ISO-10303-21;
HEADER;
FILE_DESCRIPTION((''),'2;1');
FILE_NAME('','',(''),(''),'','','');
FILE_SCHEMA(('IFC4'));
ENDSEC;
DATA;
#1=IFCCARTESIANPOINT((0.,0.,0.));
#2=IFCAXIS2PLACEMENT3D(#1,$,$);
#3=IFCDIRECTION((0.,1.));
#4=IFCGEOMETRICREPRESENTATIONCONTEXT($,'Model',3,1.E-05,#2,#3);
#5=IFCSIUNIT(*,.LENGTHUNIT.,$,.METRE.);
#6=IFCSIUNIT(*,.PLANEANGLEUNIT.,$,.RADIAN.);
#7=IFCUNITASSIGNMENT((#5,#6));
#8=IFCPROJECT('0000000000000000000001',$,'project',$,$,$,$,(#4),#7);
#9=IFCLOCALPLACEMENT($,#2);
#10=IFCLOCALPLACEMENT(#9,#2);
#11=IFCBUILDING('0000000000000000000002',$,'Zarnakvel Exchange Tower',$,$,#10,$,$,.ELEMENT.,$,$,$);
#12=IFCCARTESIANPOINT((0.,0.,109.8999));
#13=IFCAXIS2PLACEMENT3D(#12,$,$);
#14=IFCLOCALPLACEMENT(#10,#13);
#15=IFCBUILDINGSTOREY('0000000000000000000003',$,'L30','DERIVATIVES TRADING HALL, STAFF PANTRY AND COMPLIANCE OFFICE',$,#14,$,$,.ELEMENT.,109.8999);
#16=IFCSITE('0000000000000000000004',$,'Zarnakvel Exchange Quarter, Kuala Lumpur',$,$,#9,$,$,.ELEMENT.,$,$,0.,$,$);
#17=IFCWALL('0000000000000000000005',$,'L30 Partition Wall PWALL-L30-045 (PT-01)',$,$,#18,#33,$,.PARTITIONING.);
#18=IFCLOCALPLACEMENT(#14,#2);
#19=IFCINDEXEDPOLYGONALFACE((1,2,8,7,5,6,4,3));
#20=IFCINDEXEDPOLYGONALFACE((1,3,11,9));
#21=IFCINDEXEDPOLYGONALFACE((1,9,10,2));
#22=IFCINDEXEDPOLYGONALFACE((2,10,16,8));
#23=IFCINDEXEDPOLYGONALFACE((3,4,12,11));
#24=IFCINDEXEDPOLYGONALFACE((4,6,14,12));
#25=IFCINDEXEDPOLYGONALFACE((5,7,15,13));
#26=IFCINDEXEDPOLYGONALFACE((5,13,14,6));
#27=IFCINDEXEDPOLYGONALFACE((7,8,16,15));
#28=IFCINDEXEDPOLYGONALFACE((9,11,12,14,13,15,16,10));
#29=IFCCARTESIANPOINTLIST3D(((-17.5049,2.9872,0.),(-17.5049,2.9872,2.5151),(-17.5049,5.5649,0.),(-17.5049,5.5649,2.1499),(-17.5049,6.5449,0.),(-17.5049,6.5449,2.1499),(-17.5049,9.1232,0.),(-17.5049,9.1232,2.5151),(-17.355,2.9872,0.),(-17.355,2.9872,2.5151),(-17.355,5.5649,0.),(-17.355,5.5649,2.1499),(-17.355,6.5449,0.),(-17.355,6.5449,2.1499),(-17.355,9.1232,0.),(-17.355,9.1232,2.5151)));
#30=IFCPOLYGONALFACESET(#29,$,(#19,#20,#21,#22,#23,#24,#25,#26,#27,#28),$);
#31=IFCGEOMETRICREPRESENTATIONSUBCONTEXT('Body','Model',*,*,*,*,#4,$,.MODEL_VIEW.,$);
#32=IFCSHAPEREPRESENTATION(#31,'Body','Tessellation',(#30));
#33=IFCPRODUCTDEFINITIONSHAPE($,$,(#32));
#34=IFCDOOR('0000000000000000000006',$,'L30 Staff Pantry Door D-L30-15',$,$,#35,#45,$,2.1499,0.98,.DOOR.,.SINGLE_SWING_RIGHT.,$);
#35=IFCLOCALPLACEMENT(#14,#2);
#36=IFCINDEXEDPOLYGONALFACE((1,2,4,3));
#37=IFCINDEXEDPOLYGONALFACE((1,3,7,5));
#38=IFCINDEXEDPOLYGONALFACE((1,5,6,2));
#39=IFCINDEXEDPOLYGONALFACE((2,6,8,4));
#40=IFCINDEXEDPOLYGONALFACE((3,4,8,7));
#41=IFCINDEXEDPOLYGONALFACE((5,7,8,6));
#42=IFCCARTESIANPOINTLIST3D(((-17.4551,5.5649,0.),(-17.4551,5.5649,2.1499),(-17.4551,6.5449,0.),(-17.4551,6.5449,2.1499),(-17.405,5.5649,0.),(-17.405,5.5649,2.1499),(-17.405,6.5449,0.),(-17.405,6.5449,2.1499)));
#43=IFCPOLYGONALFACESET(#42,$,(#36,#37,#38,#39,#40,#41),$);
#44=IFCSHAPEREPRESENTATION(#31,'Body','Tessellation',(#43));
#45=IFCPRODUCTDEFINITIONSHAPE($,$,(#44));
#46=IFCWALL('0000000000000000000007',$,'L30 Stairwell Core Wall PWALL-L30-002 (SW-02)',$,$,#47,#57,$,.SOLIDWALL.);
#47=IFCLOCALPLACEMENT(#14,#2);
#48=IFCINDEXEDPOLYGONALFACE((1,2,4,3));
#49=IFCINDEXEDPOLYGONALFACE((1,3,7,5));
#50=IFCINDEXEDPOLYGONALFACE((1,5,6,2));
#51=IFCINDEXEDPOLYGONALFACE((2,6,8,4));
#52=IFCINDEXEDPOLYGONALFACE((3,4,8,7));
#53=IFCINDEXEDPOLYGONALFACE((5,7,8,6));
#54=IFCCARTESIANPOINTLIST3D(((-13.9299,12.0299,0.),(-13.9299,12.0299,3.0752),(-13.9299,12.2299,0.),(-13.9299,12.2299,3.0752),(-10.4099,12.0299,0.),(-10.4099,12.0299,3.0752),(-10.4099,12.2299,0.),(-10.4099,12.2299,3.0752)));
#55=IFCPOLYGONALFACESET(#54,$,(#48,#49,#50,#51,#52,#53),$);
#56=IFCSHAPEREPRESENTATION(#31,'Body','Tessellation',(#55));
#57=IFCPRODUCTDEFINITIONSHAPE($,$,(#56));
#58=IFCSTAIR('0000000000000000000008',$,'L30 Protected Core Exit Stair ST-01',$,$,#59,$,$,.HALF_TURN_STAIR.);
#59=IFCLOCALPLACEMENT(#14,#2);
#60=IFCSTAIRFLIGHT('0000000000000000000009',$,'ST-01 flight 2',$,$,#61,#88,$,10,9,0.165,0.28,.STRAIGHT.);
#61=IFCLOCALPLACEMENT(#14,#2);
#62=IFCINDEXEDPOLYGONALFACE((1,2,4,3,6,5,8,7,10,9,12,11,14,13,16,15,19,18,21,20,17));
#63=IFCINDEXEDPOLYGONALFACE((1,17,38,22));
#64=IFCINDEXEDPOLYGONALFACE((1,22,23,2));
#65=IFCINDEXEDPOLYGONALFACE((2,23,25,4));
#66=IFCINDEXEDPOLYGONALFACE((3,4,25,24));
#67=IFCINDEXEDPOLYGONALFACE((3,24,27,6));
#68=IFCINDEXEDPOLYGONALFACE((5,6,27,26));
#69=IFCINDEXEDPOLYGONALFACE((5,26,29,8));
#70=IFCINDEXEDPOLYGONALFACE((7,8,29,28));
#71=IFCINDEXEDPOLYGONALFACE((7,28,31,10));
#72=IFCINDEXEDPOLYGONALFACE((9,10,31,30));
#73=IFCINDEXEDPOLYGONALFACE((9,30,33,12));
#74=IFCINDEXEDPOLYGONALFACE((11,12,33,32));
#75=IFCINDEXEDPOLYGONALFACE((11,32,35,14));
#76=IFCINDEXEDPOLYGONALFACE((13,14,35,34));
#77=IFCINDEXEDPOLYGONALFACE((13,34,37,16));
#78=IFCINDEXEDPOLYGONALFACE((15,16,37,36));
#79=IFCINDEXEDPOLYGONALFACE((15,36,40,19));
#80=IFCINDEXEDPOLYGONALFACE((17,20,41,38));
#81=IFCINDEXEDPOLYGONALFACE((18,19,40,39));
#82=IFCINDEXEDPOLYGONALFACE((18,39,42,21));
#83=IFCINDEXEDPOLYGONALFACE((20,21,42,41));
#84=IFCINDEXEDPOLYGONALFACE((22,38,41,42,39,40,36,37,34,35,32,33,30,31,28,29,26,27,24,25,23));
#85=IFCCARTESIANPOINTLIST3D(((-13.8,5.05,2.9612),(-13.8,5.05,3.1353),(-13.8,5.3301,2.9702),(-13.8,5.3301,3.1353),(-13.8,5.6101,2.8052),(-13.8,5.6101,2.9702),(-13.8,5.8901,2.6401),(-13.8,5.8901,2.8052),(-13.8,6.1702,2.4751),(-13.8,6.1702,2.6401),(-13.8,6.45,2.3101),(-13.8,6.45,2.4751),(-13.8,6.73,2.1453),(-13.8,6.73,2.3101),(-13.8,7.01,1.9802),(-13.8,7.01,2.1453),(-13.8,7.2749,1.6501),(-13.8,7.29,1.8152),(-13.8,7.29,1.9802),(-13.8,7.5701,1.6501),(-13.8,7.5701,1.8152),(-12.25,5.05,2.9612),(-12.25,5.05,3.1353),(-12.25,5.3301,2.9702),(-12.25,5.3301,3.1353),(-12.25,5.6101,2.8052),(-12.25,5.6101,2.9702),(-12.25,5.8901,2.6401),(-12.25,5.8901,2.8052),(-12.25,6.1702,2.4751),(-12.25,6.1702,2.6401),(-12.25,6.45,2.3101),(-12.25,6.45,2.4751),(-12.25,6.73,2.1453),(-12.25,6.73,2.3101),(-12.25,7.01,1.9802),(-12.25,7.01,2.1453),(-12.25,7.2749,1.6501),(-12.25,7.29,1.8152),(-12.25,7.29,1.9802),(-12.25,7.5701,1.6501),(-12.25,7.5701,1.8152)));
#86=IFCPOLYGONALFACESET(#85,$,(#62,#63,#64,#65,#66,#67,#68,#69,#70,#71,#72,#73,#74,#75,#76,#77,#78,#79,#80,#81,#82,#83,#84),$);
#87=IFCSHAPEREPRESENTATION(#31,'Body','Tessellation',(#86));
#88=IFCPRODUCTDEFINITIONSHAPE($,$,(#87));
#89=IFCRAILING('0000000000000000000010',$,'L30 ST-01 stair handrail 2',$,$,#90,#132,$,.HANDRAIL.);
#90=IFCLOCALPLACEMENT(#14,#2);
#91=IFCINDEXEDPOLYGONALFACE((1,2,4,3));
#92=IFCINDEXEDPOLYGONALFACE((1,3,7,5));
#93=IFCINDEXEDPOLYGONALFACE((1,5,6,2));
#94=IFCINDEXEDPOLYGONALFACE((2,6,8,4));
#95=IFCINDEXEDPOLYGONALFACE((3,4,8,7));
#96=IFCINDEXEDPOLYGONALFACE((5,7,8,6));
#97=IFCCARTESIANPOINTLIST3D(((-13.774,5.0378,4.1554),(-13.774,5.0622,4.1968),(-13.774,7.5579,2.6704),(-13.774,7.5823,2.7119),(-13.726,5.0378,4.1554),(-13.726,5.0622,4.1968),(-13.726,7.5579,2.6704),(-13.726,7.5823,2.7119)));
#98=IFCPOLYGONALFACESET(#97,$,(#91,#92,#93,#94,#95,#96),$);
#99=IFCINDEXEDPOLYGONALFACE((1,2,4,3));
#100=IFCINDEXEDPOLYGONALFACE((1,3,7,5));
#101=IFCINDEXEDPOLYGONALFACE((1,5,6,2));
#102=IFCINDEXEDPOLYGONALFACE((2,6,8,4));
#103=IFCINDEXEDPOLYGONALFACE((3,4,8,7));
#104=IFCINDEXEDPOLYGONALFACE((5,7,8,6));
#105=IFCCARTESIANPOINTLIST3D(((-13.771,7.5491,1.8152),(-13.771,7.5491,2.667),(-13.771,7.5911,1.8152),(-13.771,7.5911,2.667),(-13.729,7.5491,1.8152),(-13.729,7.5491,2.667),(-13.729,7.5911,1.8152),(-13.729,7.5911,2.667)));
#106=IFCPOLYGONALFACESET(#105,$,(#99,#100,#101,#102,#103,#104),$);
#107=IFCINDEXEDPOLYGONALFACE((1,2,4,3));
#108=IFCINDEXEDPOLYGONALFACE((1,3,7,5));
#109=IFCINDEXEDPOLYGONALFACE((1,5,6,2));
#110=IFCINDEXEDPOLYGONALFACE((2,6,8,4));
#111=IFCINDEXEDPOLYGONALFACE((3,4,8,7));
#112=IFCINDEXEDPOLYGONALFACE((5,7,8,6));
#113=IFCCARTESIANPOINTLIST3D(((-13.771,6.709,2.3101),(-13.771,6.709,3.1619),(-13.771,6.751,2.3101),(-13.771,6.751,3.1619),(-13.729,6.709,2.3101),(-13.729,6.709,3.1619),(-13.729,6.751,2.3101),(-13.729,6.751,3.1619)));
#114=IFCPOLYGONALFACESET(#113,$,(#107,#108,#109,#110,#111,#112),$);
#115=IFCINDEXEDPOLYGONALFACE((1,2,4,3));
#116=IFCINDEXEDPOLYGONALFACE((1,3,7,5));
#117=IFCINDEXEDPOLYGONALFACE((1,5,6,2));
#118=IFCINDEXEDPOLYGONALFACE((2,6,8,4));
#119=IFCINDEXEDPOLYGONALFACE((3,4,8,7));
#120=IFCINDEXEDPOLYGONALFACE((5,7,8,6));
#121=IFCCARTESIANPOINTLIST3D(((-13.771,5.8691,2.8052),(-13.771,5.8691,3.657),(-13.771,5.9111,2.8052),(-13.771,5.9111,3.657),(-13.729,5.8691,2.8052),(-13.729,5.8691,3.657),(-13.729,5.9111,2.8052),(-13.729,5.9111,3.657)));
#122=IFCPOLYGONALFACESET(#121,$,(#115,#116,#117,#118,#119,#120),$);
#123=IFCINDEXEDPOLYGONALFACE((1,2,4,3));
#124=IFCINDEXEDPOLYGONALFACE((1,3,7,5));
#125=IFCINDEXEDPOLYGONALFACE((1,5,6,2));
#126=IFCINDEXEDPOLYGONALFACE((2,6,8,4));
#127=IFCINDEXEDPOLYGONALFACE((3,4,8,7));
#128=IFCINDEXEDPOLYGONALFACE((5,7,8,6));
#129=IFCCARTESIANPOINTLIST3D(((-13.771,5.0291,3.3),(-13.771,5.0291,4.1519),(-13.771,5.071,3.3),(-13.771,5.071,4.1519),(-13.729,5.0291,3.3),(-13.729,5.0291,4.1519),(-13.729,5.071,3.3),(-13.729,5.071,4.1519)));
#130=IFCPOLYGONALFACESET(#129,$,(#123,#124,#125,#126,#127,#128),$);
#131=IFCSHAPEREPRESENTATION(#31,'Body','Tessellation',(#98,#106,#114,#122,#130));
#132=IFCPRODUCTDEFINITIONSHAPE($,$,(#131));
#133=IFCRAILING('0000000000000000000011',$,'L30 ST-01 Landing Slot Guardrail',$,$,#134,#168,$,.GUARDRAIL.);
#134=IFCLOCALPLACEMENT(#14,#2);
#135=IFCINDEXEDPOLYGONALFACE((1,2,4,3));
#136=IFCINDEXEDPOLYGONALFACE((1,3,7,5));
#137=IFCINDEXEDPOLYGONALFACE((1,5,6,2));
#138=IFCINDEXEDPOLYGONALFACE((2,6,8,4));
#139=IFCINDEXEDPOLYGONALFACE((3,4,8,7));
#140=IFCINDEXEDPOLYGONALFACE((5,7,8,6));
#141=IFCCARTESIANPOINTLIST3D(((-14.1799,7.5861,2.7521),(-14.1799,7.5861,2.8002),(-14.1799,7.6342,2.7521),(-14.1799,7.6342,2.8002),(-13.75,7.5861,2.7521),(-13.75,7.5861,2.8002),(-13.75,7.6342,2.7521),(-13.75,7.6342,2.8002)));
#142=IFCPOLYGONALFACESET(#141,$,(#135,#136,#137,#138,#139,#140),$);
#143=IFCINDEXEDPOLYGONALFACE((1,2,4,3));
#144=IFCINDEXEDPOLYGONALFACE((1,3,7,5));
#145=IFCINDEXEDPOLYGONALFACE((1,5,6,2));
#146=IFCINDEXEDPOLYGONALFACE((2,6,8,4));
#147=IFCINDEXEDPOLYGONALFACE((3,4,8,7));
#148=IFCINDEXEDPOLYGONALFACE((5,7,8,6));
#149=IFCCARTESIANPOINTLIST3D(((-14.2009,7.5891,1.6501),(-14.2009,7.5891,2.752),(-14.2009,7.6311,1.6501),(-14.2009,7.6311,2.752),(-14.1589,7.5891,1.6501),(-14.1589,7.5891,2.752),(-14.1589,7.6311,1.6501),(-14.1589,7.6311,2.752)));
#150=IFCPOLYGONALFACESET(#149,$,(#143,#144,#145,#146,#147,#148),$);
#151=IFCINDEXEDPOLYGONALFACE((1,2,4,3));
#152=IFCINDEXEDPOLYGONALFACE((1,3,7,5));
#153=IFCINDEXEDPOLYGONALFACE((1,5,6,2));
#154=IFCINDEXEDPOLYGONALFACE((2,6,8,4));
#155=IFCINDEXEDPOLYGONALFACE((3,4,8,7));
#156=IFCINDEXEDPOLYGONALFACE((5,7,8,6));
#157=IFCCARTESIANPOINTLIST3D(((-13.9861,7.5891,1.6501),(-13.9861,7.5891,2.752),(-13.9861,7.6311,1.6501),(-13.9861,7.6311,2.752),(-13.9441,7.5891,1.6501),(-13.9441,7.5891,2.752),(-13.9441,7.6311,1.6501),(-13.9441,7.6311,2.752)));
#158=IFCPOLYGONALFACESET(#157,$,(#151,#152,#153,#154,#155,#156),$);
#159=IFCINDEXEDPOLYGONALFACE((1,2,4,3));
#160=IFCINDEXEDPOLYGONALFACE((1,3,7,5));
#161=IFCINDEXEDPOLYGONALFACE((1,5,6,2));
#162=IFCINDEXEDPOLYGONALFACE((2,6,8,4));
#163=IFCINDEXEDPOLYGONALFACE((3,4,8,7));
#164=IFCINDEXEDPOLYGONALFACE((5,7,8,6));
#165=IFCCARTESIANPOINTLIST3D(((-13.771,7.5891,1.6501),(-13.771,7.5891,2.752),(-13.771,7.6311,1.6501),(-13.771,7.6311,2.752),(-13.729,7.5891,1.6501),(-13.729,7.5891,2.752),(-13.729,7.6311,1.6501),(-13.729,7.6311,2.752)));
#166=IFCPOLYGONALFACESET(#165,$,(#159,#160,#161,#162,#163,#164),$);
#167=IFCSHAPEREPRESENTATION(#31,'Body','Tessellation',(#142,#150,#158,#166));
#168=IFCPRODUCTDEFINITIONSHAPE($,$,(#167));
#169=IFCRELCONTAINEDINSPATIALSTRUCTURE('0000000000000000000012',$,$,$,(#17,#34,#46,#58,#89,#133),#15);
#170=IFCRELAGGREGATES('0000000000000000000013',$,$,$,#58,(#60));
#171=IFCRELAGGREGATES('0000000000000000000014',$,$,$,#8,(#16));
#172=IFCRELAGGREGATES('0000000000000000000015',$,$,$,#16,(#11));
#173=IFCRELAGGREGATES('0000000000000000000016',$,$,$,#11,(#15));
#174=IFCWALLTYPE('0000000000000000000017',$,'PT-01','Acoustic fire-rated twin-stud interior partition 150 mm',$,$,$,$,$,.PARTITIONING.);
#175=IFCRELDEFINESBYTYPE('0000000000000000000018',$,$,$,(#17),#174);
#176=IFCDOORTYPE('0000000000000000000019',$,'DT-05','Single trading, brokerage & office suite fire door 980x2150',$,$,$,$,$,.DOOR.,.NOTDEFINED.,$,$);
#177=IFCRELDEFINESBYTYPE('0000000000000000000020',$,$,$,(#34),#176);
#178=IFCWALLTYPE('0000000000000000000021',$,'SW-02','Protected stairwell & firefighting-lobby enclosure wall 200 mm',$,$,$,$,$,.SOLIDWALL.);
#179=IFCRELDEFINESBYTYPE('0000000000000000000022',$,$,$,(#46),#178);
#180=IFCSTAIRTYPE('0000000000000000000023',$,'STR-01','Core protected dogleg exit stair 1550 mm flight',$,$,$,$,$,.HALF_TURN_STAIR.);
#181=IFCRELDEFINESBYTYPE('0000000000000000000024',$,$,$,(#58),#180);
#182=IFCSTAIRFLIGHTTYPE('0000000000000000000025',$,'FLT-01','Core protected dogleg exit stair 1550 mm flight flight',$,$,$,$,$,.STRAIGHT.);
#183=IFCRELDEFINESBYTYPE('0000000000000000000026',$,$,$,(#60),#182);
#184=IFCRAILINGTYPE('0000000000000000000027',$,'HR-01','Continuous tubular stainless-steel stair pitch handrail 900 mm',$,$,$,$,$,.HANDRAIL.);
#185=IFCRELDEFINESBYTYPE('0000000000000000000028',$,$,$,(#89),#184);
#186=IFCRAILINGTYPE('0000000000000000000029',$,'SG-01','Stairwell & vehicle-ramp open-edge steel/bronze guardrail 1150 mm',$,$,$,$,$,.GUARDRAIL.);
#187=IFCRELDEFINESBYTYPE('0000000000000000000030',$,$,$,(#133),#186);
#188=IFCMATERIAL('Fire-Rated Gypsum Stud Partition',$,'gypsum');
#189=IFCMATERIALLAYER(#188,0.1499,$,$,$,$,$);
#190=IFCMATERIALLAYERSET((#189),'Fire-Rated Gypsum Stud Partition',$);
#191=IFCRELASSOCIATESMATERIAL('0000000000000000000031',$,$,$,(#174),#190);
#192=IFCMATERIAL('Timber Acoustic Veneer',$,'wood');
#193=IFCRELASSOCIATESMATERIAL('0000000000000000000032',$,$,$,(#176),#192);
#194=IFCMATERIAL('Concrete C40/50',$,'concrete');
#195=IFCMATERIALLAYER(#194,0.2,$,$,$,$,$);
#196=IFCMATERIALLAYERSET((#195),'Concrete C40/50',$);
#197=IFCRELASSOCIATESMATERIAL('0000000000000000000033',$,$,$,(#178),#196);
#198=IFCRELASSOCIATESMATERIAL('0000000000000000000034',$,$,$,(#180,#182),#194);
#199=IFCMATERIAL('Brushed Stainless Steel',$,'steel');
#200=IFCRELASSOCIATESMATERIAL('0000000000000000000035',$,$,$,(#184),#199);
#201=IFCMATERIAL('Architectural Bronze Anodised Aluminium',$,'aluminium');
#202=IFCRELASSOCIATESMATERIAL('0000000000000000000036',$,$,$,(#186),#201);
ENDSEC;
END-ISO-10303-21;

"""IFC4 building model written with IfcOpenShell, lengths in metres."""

from ifc_helpers import new_model, si_unit, direction, frame, frame_2d, origin, origin_2d, place, context, subcontext, project, spatial, polyline, rectangle, outline, extrude, source, transform, mapped, material, layer, layer_set, type_object, element, fill, aggregate, save


model = new_model("IFC4")

# Units and contexts
model_context = context("Model", 3, precision=1e-05, world=origin(), true_north=direction((0.0, 1.0)))
body_context = subcontext(model_context, "Body", "Model", "MODEL_VIEW")
ifc_project = project(units=[si_unit("LENGTHUNIT", "METRE"), si_unit("PLANEANGLEUNIT", "RADIAN")], contexts=[model_context])

# Site, building, storey
site_placement = place(None, origin())
site = spatial("IfcSite", under=ifc_project, at=site_placement, Name="Zarnakvel Exchange Quarter, Kuala Lumpur", CompositionType="ELEMENT", RefElevation=0.0)
building_placement = place(site_placement, origin())
building = spatial("IfcBuilding", under=site, at=building_placement, Name="Zarnakvel Exchange Tower", CompositionType="ELEMENT")
storey_placement = place(building_placement, frame((0.0, 0.0, 109.8999)))
storey = spatial("IfcBuildingStorey", under=building, at=storey_placement, Name="L30", Description="DERIVATIVES TRADING HALL, STAFF PANTRY AND COMPLIANCE OFFICE", CompositionType="ELEMENT", Elevation=109.8999)

# Shared definitions
ifc_material_1 = material(Name="Architectural Bronze Anodised Aluminium", Category="aluminium")

# Wall, opening, door
ifc_material_2 = material(Name="Fire-Rated Gypsum Stud Partition", Category="gypsum")
ifc_layer_1 = layer(ifc_material_2, 0.1499)
ifc_layer_set_1 = layer_set([ifc_layer_1], Name="Fire-Rated Gypsum Stud Partition")
wall_type_1 = type_object("IfcWallType", Name="PT-01", Description="Acoustic fire-rated twin-stud interior partition 150 mm", PredefinedType="PARTITIONING", material=ifc_layer_set_1)
wall_1_placement = place(storey_placement, frame((-17.4299, 9.123, 0.0), z_axis=(0.0, 0.0, 1.0), x_axis=(0.0, -1.0, 0.0)))
wall_1 = element("IfcWall", 1, at=wall_1_placement, inside=storey, type_object=wall_type_1, Name="L30 Partition Wall PWALL-L30-045 (PT-01)", PredefinedType="PARTITIONING", context=body_context, shape_type="SweptSolid", body=[
    extrude(rectangle(XDim=6.136, YDim=0.1499, at=frame_2d((3.0679, 0.0))), origin(), (0.0, 0.0, 1.0), 2.5151),
])
opening_1_placement = place(wall_1_placement, frame((2.5781, 0.0, 0.0)))
opening_1 = element("IfcOpeningElement", 2, at=opening_1_placement, cuts=wall_1, PredefinedType="OPENING", context=body_context, shape_type="SweptSolid", body=[
    extrude(rectangle(XDim=0.98, YDim=2.1499, at=frame_2d((0.49, 1.075))), frame((0.0, 0.085, 0.0), z_axis=(0.0, -1.0, 0.0), x_axis=(1.0, 0.0, 0.0)), (0.0, 0.0, 1.0), 0.1699),
])
ifc_material_3 = material(Name="Timber Acoustic Veneer", Category="wood")
door_type = type_object("IfcDoorType", Name="DT-05", Description="Single trading, brokerage & office suite fire door 980x2150", OperationType="NOTDEFINED", PredefinedType="DOOR", material=ifc_material_3)
shared_shape_1 = source(origin(), body_context, "Body", "SweptSolid", [
    extrude(rectangle(XDim=0.98, YDim=2.1499, at=frame_2d((0.49, 1.075))), frame((0.0, 0.0249, 0.0), z_axis=(0.0, -1.0, 0.0), x_axis=(1.0, 0.0, 0.0)), (0.0, 0.0, 1.0), 0.05),
])
door_1_placement = place(opening_1_placement, origin())
door_1 = element("IfcDoor", 3, at=door_1_placement, inside=storey, type_object=door_type, Name="L30 Staff Pantry Door D-L30-15", OperationType="SINGLE_SWING_RIGHT", OverallHeight=2.1499, OverallWidth=0.98, PredefinedType="DOOR", context=body_context, shape_type="MappedRepresentation", body=[
    mapped(shared_shape_1, transform((0.0, 0.0, 0.0), x_axis=(1.0, 0.0, 0.0), y_axis=(0.0, 1.0, 0.0), z_axis=(0.0, 0.0, 1.0), scale=1.0)),
])
fill(opening_1, door_1)

# Wall
ifc_material_4 = material(Name="Concrete C40/50", Category="concrete")
ifc_layer_2 = layer(ifc_material_4, 0.2)
ifc_layer_set_2 = layer_set([ifc_layer_2], Name="Concrete C40/50")
wall_type_2 = type_object("IfcWallType", Name="SW-02", Description="Protected stairwell & firefighting-lobby enclosure wall 200 mm", PredefinedType="SOLIDWALL", material=ifc_layer_set_2)
wall_2_placement = place(storey_placement, frame((-13.9299, 12.1299, 0.0), z_axis=(0.0, 0.0, 1.0), x_axis=(1.0, 0.0, 0.0)))
element("IfcWall", 4, at=wall_2_placement, inside=storey, type_object=wall_type_2, Name="L30 Stairwell Core Wall PWALL-L30-002 (SW-02)", PredefinedType="SOLIDWALL", context=body_context, shape_type="SweptSolid", body=[
    extrude(rectangle(XDim=3.52, YDim=0.2, at=frame_2d((1.76, 0.0))), origin(), (0.0, 0.0, 1.0), 3.0752),
])

# Stair, stair flight
stair_type = type_object("IfcStairType", Name="STR-01", Description="Core protected dogleg exit stair 1550 mm flight", PredefinedType="HALF_TURN_STAIR", material=ifc_material_4)
stair_placement = place(storey_placement, origin())
stair = element("IfcStair", 5, at=stair_placement, inside=storey, type_object=stair_type, Name="L30 Protected Core Exit Stair ST-01", PredefinedType="HALF_TURN_STAIR")
stair_flight_type = type_object("IfcStairFlightType", Name="FLT-01", Description="Core protected dogleg exit stair 1550 mm flight flight", PredefinedType="STRAIGHT", material=ifc_material_4)
stair_flight_placement = place(storey_placement, frame((-13.0249, 7.5701, 1.6501), z_axis=(0.0, 0.0, 1.0), x_axis=(0.0, -1.0, 0.0)))
stair_flight = element("IfcStairFlight", 6, at=stair_flight_placement, type_object=stair_flight_type, Name="ST-01 flight 2", NumberOfRisers=10, NumberOfTreads=9, PredefinedType="STRAIGHT", RiserHeight=0.165, TreadLength=0.28, context=body_context, shape_type="SweptSolid", body=[
    extrude(outline(polyline([(0.0, 0.0), (0.0, 0.165), (0.28, 0.165), (0.28, 0.3301), (0.5601, 0.3301), (0.5601, 0.4951), (0.8401, 0.4951), (0.8401, 0.6599), (1.1201, 0.6599), (1.1201, 0.825), (1.3999, 0.825), (1.3999, 0.99), (1.6799, 0.99), (1.6799, 1.155), (1.96, 1.155), (1.96, 1.3201), (2.24, 1.3201), (2.24, 1.4851), (2.52, 1.4851), (2.52, 1.6499), (2.52, 1.311), (0.2952, 0.0), (0.0, 0.0)])), frame((0.0, 0.7749, 0.0), z_axis=(0.0, -1.0, 0.0), x_axis=(1.0, 0.0, 0.0)), (0.0, 0.0, 1.0), 1.55),
])
aggregate(stair, [stair_flight])

# Railings
ifc_material_5 = material(Name="Brushed Stainless Steel", Category="steel")
railing_type_1 = type_object("IfcRailingType", Name="HR-01", Description="Continuous tubular stainless-steel stair pitch handrail 900 mm", PredefinedType="HANDRAIL", material=ifc_material_5)
railing_1_placement = place(storey_placement, frame((-13.75, 7.5701, 1.8152)))
element("IfcRailing", 7, at=railing_1_placement, inside=storey, type_object=railing_type_1, Name="L30 ST-01 stair handrail 2", PredefinedType="HANDRAIL", context=body_context, shape_type="SweptSolid", body=[
    extrude(rectangle(XDim=0.0481, YDim=0.0481, at=origin_2d()), frame((0.0, 0.0, 0.876), z_axis=(0.0, -0.861561, 0.507655), x_axis=(1.0, 0.0, 0.0)), (0.0, 0.0, 1.0), 2.925),
    extrude(rectangle(XDim=0.042, YDim=0.042, at=origin_2d()), origin(), (0.0, 0.0, 1.0), 0.8518),
    extrude(rectangle(XDim=0.042, YDim=0.042, at=origin_2d()), frame((0.0, -0.8401, 0.4949)), (0.0, 0.0, 1.0), 0.8518),
    extrude(rectangle(XDim=0.042, YDim=0.042, at=origin_2d()), frame((0.0, -1.6799, 0.99)), (0.0, 0.0, 1.0), 0.8518),
    extrude(rectangle(XDim=0.042, YDim=0.042, at=origin_2d()), frame((0.0, -2.52, 1.4849)), (0.0, 0.0, 1.0), 0.8518),
])
railing_type_2 = type_object("IfcRailingType", Name="SG-01", Description="Stairwell & vehicle-ramp open-edge steel/bronze guardrail 1150 mm", PredefinedType="GUARDRAIL", material=ifc_material_1)
railing_2_placement = place(storey_placement, frame((-14.1799, 7.6101, 1.6501)))
element("IfcRailing", 8, at=railing_2_placement, inside=storey, type_object=railing_type_2, Name="L30 ST-01 Landing Slot Guardrail", PredefinedType="GUARDRAIL", context=body_context, shape_type="SweptSolid", body=[
    extrude(rectangle(XDim=0.0481, YDim=0.0481, at=origin_2d()), frame((0.0, 0.0, 1.126), z_axis=(1.0, 0.0, 0.0), x_axis=(0.0, 1.0, 0.0)), (0.0, 0.0, 1.0), 0.4299),
    extrude(rectangle(XDim=0.042, YDim=0.042, at=origin_2d()), origin(), (0.0, 0.0, 1.0), 1.1018),
    extrude(rectangle(XDim=0.042, YDim=0.042, at=origin_2d()), frame((0.2148, 0.0, 0.0)), (0.0, 0.0, 1.0), 1.1018),
    extrude(rectangle(XDim=0.042, YDim=0.042, at=origin_2d()), frame((0.4299, 0.0, 0.0)), (0.0, 0.0, 1.0), 1.1018),
])

save(model, "model.ifc")
